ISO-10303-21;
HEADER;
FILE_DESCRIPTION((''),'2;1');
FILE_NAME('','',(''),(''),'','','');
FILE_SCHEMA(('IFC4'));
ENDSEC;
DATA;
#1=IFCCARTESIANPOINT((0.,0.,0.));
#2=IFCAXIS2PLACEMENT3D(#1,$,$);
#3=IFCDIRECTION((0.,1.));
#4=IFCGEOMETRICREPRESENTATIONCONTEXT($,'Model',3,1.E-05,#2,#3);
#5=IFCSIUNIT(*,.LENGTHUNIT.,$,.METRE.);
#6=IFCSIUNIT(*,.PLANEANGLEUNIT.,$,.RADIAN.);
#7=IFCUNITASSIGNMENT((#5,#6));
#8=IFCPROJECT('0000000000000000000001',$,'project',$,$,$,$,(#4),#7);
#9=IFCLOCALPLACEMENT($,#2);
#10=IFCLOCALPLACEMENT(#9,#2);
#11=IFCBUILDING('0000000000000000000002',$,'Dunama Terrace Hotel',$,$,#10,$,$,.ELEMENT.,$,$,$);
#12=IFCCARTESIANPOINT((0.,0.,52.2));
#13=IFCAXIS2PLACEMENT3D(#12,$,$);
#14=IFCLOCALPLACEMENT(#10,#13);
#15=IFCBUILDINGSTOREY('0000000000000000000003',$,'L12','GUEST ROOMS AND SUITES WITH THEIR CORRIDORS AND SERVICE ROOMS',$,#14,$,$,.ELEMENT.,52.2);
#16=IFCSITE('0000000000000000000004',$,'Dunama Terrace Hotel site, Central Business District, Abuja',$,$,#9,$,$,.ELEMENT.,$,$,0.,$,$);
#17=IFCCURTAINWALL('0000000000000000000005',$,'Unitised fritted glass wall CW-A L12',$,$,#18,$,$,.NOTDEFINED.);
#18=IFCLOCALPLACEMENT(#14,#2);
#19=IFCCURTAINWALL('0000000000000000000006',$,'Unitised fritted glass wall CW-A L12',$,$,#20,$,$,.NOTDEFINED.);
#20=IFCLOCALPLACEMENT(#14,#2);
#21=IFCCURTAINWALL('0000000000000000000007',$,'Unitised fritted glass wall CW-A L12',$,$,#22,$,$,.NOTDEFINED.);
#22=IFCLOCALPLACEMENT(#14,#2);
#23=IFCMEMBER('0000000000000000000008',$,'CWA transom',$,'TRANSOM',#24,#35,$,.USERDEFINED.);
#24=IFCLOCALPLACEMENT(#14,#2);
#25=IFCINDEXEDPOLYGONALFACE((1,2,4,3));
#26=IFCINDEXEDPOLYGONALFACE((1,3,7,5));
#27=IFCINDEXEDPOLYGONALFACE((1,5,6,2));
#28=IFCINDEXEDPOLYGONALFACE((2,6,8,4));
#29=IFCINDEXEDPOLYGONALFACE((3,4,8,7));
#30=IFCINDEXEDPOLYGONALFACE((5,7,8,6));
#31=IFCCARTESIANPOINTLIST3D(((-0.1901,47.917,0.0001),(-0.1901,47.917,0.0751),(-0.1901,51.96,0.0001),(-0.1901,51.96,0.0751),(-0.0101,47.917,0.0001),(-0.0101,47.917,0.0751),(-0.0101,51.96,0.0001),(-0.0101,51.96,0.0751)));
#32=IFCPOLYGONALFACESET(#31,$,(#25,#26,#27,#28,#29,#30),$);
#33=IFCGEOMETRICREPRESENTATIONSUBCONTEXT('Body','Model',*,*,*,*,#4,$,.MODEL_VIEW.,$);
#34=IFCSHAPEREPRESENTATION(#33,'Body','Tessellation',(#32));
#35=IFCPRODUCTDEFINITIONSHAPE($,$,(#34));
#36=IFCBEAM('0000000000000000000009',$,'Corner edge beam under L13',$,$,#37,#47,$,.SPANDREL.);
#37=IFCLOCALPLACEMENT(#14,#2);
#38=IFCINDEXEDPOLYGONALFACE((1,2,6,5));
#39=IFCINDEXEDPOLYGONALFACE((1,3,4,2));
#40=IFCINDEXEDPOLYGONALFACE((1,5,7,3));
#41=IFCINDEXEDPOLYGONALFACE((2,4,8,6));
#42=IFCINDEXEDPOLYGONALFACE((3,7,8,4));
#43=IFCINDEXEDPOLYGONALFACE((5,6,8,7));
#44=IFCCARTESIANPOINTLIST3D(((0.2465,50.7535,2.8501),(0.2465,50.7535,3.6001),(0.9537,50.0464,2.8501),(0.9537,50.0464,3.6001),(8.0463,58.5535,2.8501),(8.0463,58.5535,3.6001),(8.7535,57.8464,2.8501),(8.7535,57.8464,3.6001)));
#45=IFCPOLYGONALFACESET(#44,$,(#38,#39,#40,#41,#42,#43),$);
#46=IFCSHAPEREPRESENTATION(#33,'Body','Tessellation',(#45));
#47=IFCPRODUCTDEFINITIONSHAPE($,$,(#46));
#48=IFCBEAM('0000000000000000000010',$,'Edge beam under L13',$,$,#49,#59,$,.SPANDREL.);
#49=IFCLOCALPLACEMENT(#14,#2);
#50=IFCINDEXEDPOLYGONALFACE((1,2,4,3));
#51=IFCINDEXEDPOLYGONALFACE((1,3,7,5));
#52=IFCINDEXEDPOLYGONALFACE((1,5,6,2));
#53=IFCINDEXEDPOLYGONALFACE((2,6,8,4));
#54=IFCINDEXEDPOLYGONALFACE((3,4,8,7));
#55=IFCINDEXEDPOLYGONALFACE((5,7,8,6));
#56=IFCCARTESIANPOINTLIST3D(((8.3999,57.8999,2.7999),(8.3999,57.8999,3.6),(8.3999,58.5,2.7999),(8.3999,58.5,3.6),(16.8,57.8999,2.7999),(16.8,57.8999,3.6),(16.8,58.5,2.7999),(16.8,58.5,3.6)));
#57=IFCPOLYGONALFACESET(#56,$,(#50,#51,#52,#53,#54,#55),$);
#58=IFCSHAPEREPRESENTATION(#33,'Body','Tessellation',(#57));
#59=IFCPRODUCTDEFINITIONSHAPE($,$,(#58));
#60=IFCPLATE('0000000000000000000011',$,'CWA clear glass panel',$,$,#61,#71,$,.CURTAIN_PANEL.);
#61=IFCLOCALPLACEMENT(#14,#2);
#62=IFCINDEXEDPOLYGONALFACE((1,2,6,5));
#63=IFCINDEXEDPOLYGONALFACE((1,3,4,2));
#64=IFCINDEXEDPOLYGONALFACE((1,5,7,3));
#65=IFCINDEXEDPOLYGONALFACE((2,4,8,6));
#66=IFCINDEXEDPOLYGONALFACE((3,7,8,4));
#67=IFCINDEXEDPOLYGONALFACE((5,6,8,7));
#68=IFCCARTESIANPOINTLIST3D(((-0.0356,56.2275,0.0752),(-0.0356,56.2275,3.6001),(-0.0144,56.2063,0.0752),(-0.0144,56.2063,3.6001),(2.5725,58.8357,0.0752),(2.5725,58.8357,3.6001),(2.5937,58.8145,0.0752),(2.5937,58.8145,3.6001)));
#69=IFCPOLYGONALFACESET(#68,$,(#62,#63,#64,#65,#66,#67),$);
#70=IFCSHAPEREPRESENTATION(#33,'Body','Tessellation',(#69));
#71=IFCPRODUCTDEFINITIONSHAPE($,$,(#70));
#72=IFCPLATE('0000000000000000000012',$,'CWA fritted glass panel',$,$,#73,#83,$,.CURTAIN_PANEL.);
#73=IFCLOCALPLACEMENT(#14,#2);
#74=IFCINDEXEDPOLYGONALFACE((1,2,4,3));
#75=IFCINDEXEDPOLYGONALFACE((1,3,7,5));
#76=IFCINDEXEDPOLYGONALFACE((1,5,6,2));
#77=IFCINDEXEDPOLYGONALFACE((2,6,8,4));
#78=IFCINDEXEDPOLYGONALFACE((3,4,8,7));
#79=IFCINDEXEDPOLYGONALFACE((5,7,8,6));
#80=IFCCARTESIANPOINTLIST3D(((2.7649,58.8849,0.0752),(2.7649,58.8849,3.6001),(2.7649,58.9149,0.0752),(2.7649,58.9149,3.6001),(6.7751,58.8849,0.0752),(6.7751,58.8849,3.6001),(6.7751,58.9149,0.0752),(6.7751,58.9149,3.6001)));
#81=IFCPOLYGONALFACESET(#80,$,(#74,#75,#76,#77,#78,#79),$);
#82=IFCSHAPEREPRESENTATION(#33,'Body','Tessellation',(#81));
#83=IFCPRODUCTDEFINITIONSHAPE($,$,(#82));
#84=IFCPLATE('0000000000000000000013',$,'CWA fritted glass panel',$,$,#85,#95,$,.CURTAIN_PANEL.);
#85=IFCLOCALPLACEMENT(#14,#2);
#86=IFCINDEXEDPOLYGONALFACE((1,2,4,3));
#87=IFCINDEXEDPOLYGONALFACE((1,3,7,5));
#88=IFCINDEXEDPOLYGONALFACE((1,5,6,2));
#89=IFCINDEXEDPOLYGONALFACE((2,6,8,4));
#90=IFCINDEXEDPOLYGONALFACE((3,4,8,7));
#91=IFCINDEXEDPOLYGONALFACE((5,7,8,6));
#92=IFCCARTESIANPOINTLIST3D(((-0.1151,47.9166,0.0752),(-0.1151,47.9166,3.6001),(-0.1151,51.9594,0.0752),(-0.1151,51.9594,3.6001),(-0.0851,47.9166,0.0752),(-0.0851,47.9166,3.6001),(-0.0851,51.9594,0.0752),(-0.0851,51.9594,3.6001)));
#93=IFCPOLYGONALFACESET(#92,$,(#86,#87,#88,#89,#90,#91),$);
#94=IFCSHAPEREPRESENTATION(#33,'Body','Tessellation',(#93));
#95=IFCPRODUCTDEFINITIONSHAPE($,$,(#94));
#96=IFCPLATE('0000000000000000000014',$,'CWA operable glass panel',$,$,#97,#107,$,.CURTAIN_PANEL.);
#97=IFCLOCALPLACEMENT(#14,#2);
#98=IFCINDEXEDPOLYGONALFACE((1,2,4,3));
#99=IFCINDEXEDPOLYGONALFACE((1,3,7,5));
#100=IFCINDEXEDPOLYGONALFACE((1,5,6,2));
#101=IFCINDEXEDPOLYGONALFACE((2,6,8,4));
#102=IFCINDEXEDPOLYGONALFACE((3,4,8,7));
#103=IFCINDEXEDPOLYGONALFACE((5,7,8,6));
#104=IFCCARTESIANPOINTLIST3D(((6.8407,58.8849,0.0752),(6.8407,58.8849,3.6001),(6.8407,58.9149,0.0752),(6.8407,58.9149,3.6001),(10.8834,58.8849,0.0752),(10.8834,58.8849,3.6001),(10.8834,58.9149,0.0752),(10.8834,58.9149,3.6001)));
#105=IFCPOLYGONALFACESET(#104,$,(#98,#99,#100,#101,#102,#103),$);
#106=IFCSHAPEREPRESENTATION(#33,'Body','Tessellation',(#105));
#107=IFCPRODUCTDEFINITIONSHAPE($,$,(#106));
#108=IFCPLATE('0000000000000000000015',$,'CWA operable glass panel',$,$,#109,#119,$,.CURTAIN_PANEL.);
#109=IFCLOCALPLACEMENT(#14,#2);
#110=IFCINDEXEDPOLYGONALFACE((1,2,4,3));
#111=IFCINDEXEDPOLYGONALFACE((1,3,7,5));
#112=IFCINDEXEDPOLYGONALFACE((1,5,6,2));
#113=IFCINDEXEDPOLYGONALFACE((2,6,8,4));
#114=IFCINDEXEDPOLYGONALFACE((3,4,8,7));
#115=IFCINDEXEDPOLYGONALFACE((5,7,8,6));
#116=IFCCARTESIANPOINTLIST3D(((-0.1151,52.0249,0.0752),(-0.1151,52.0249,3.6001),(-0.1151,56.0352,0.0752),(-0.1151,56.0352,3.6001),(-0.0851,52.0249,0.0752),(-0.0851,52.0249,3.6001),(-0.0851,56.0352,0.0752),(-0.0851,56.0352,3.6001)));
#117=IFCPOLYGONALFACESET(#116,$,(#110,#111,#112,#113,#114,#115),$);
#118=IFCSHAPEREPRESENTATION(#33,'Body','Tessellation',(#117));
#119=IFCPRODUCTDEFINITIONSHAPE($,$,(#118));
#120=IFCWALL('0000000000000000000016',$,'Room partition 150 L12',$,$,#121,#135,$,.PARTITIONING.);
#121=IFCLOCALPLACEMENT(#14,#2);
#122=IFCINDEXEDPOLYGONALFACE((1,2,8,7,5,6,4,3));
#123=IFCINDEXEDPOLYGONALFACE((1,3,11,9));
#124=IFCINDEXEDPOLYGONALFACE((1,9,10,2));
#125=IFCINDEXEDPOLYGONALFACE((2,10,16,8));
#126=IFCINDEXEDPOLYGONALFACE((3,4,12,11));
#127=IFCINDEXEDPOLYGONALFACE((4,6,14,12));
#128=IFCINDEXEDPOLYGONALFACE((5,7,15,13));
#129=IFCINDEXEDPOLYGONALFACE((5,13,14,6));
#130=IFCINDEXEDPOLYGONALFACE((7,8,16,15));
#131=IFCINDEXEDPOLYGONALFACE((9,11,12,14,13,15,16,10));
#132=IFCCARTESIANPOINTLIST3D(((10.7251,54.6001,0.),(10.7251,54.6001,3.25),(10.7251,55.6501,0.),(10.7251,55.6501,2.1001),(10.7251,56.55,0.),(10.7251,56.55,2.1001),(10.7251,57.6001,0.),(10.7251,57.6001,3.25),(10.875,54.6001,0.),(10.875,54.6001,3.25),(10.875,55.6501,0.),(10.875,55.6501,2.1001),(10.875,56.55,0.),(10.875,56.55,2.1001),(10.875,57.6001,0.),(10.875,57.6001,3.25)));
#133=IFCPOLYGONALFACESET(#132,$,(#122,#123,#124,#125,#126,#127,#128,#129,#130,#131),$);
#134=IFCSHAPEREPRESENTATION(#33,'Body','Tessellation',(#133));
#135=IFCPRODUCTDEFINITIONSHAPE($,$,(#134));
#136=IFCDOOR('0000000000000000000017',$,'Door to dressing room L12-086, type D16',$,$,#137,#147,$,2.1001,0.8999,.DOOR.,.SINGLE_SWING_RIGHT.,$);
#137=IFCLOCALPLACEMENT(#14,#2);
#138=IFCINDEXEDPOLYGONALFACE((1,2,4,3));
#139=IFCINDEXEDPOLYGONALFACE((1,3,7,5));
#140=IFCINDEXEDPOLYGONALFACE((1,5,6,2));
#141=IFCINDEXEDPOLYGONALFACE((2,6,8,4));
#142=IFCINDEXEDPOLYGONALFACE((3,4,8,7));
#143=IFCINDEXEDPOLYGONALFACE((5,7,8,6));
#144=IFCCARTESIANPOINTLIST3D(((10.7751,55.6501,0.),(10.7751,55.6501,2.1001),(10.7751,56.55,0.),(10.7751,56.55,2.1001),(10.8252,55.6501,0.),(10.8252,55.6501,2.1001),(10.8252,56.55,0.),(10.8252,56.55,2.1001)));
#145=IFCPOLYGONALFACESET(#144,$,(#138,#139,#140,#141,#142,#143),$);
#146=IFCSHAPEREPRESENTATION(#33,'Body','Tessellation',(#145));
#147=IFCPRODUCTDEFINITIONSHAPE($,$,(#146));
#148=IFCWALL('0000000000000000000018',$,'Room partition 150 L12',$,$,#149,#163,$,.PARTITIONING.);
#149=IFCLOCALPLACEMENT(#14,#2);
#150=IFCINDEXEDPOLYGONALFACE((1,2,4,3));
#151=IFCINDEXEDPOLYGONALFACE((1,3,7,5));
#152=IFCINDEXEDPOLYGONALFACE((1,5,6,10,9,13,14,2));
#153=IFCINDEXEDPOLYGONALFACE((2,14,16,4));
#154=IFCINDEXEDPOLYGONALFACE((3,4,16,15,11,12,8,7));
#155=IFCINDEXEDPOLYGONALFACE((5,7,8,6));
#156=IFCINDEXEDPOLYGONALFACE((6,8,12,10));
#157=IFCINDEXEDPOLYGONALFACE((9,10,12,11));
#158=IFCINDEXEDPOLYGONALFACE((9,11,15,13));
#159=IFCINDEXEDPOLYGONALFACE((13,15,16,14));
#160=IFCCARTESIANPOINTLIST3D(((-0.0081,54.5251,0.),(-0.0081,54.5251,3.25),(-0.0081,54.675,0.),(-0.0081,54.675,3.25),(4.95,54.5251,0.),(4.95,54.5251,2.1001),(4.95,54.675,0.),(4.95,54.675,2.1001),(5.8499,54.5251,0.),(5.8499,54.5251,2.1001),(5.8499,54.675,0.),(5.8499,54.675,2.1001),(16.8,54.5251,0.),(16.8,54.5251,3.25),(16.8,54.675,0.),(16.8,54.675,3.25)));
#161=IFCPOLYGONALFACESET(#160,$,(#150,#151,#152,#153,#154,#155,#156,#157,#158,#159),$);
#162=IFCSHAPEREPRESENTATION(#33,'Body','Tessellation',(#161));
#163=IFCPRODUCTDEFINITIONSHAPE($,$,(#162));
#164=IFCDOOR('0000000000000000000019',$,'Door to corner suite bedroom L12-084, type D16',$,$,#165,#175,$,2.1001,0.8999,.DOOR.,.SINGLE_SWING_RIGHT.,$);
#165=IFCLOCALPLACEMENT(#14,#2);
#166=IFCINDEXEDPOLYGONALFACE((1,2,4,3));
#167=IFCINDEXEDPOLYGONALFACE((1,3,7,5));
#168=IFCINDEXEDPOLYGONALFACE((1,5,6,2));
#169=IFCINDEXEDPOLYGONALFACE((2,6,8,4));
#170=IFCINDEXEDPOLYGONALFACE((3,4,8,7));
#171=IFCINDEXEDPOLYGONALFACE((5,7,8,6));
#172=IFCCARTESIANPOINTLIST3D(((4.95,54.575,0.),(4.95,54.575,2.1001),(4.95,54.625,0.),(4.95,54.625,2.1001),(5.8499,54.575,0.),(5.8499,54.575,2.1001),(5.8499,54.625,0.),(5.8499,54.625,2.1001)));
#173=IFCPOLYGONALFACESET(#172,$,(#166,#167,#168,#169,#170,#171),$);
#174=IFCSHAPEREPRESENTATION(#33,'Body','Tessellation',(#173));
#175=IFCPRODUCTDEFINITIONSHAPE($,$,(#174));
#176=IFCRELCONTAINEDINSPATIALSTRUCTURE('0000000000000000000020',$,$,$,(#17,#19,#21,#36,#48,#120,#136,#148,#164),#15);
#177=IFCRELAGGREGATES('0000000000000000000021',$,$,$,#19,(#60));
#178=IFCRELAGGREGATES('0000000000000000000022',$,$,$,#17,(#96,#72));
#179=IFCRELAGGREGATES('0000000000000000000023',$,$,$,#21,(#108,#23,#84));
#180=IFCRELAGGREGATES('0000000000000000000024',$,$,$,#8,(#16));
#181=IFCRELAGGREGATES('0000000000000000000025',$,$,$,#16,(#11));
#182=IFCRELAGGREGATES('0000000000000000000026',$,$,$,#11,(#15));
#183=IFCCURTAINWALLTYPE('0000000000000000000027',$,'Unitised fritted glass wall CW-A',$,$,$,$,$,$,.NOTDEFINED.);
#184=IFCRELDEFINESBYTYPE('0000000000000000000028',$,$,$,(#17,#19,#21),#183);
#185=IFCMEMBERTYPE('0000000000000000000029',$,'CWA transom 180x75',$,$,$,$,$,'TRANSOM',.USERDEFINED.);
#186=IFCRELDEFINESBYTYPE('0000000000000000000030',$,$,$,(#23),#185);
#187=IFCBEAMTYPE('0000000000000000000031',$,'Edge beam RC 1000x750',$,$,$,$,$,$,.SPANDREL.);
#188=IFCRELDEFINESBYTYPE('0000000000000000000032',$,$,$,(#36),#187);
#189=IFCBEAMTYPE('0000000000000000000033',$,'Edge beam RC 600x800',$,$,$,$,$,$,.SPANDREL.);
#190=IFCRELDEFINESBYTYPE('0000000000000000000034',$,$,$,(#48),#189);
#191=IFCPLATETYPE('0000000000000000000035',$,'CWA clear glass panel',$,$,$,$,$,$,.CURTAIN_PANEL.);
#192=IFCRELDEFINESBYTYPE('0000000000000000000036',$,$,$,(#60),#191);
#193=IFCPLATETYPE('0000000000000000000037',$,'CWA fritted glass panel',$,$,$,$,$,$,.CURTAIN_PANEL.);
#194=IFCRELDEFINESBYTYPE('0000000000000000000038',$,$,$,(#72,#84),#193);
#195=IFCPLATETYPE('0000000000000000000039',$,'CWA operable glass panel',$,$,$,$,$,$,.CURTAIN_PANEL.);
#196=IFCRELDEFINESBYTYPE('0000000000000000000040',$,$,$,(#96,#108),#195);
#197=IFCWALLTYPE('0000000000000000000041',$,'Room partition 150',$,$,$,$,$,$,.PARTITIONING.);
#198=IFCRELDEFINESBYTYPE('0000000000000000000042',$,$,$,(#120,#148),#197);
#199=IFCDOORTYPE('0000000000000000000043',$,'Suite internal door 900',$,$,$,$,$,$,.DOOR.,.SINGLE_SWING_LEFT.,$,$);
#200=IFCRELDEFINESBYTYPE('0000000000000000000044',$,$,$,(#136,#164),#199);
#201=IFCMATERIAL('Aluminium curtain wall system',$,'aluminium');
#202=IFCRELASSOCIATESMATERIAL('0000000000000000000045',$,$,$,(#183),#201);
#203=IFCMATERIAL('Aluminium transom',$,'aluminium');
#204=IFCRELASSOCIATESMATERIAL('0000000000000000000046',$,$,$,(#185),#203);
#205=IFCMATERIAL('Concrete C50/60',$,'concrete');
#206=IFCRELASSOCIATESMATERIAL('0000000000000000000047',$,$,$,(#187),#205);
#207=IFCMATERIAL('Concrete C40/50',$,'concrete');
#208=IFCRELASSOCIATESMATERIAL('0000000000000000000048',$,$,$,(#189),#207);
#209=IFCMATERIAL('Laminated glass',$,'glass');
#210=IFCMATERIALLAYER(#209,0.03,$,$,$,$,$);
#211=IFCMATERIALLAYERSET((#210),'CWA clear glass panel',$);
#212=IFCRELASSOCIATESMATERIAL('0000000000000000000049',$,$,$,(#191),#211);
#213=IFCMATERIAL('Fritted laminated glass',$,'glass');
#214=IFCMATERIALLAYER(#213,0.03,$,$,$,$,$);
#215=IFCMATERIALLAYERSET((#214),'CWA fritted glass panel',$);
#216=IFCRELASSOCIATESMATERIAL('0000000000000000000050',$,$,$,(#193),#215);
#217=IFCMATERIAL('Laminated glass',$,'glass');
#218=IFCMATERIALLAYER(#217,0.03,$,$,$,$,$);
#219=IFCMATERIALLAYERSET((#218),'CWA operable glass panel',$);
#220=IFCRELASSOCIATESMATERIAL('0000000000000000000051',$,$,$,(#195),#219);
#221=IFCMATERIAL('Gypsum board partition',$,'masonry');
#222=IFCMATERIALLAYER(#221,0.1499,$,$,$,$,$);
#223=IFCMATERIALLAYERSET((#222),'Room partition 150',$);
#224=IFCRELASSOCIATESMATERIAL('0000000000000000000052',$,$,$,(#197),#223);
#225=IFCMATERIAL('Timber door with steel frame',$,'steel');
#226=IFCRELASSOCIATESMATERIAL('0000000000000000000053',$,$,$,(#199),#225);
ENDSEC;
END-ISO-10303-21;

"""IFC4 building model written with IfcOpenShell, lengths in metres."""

from ifc_helpers import new_model, si_unit, direction, frame, frame_2d, origin, origin_2d, place, context, subcontext, project, spatial, rectangle, extrude, material, layer, layer_set, material_profile, profile_set, type_object, element, fill, aggregate, save


model = new_model("IFC4")

# Units and contexts
model_context = context("Model", 3, precision=1e-05, world=origin(), true_north=direction((0.0, 1.0)))
body_context = subcontext(model_context, "Body", "Model", "MODEL_VIEW")
ifc_project = project(units=[si_unit("LENGTHUNIT", "METRE"), si_unit("PLANEANGLEUNIT", "RADIAN")], contexts=[model_context])

# Site, building, storey
site_placement = place(None, origin())
site = spatial("IfcSite", under=ifc_project, at=site_placement, Name="Dunama Terrace Hotel site, Central Business District, Abuja", CompositionType="ELEMENT", RefElevation=0.0)
building_placement = place(site_placement, origin())
building = spatial("IfcBuilding", under=site, at=building_placement, Name="Dunama Terrace Hotel", CompositionType="ELEMENT")
storey_placement = place(building_placement, frame((0.0, 0.0, 52.2)))
storey = spatial("IfcBuildingStorey", under=building, at=storey_placement, Name="L12", Description="GUEST ROOMS AND SUITES WITH THEIR CORRIDORS AND SERVICE ROOMS", CompositionType="ELEMENT", Elevation=52.2)

# Curtain walls
ifc_material_1 = material(Name="Aluminium curtain wall system", Category="aluminium")
curtain_wall_type = type_object("IfcCurtainWallType", Name="Unitised fritted glass wall CW-A", PredefinedType="NOTDEFINED", material=ifc_material_1)
curtain_wall_1_placement = place(storey_placement, origin())
curtain_wall_1 = element("IfcCurtainWall", 1, at=curtain_wall_1_placement, inside=storey, type_object=curtain_wall_type, Name="Unitised fritted glass wall CW-A L12", PredefinedType="NOTDEFINED")
curtain_wall_2_placement = place(storey_placement, origin())
curtain_wall_2 = element("IfcCurtainWall", 2, at=curtain_wall_2_placement, inside=storey, type_object=curtain_wall_type, Name="Unitised fritted glass wall CW-A L12", PredefinedType="NOTDEFINED")
curtain_wall_3_placement = place(storey_placement, origin())
curtain_wall_3 = element("IfcCurtainWall", 3, at=curtain_wall_3_placement, inside=storey, type_object=curtain_wall_type, Name="Unitised fritted glass wall CW-A L12", PredefinedType="NOTDEFINED")

# Member
ifc_material_2 = material(Name="Aluminium transom", Category="aluminium")
ifc_material_profile_1 = material_profile(ifc_material_2, rectangle(XDim=0.1799, YDim=0.075, at=origin_2d()), Name="CWA TRANSOM 180X75")
ifc_profile_set_1 = profile_set([ifc_material_profile_1], Name="Aluminium transom")
member_type_1 = type_object("IfcMemberType", Name="CWA transom 180x75", ElementType="TRANSOM", PredefinedType="USERDEFINED", material=ifc_profile_set_1)
member_1_placement = place(storey_placement, frame((-0.1001, 51.96, 0.0376), z_axis=(0.0, -1.0, 0.0), x_axis=(1.0, 0.0, 0.0)))
member_1 = element("IfcMember", 4, at=member_1_placement, type_object=member_type_1, Name="CWA transom", ObjectType="TRANSOM", PredefinedType="USERDEFINED", context=body_context, shape_type="SweptSolid", body=[
    extrude(rectangle(XDim=0.1799, YDim=0.075, at=origin_2d()), origin(), (0.0, 0.0, 1.0), 4.043),
])

# Beams
ifc_material_3 = material(Name="Concrete C50/60", Category="concrete")
ifc_material_profile_2 = material_profile(ifc_material_3, rectangle(XDim=1.0, YDim=0.75, at=origin_2d()), Name="RC 1000x750")
ifc_profile_set_2 = profile_set([ifc_material_profile_2], Name="Concrete C50/60")
beam_type_1 = type_object("IfcBeamType", Name="Edge beam RC 1000x750", PredefinedType="SPANDREL", material=ifc_profile_set_2)
beam_1_placement = place(storey_placement, frame((8.3999, 58.2, 3.2251), z_axis=(-0.707096, -0.707118, 0.0), x_axis=(0.707118, -0.707096, 0.0)))
element("IfcBeam", 5, at=beam_1_placement, inside=storey, type_object=beam_type_1, Name="Corner edge beam under L13", PredefinedType="SPANDREL", context=body_context, shape_type="SweptSolid", body=[
    extrude(rectangle(XDim=1.0, YDim=0.75, at=origin_2d()), origin(), (0.0, 0.0, 1.0), 11.0308),
])
ifc_material_4 = material(Name="Concrete C40/50", Category="concrete")
ifc_material_profile_3 = material_profile(ifc_material_4, rectangle(XDim=0.6001, YDim=0.8, at=origin_2d()), Name="RC 600x800")
ifc_profile_set_3 = profile_set([ifc_material_profile_3], Name="Concrete C40/50")
beam_type_2 = type_object("IfcBeamType", Name="Edge beam RC 600x800", PredefinedType="SPANDREL", material=ifc_profile_set_3)
beam_2_placement = place(storey_placement, frame((8.3999, 58.2, 3.2), z_axis=(1.0, 0.0, 0.0), x_axis=(0.0, 1.0, 0.0)))
element("IfcBeam", 6, at=beam_2_placement, inside=storey, type_object=beam_type_2, Name="Edge beam under L13", PredefinedType="SPANDREL", context=body_context, shape_type="SweptSolid", body=[
    extrude(rectangle(XDim=0.6001, YDim=0.8, at=origin_2d()), origin(), (0.0, 0.0, 1.0), 8.4001),
])

# Plates
ifc_material_5 = material(Name="Laminated glass", Category="glass")
ifc_layer_1 = layer(ifc_material_5, 0.03)
ifc_layer_set_1 = layer_set([ifc_layer_1], Name="CWA clear glass panel")
plate_type_1 = type_object("IfcPlateType", Name="CWA clear glass panel", PredefinedType="CURTAIN_PANEL", material=ifc_layer_set_1)
plate_1_placement = place(storey_placement, frame((1.2791, 57.521, 0.0752), z_axis=(0.0, 0.0, 1.0), x_axis=(-0.707107, -0.707107, 0.0)))
plate_1 = element("IfcPlate", 7, at=plate_1_placement, type_object=plate_type_1, Name="CWA clear glass panel", PredefinedType="CURTAIN_PANEL", context=body_context, shape_type="SweptSolid", body=[
    extrude(rectangle(XDim=3.6885, YDim=0.03, at=origin_2d()), origin(), (0.0, 0.0, 1.0), 3.5249),
])
aggregate(curtain_wall_2, [plate_1])
ifc_material_6 = material(Name="Fritted laminated glass", Category="glass")
ifc_layer_2 = layer(ifc_material_6, 0.03)
ifc_layer_set_2 = layer_set([ifc_layer_2], Name="CWA fritted glass panel")
plate_type_2 = type_object("IfcPlateType", Name="CWA fritted glass panel", PredefinedType="CURTAIN_PANEL", material=ifc_layer_set_2)
plate_2_placement = place(storey_placement, frame((4.77, 58.8999, 0.0752), z_axis=(0.0, 0.0, 1.0), x_axis=(-1.0, 0.0, 0.0)))
plate_2 = element("IfcPlate", 8, at=plate_2_placement, type_object=plate_type_2, Name="CWA fritted glass panel", PredefinedType="CURTAIN_PANEL", context=body_context, shape_type="SweptSolid", body=[
    extrude(rectangle(XDim=4.0103, YDim=0.03, at=origin_2d()), origin(), (0.0, 0.0, 1.0), 3.5249),
])
plate_3_placement = place(storey_placement, frame((-0.1001, 49.938, 0.0752), z_axis=(0.0, 0.0, 1.0), x_axis=(0.0, -1.0, 0.0)))
plate_3 = element("IfcPlate", 9, at=plate_3_placement, type_object=plate_type_2, Name="CWA fritted glass panel", PredefinedType="CURTAIN_PANEL", context=body_context, shape_type="SweptSolid", body=[
    extrude(rectangle(XDim=4.0427, YDim=0.03, at=origin_2d()), origin(), (0.0, 0.0, 1.0), 3.5249),
])
ifc_material_7 = material(Name="Laminated glass", Category="glass")
ifc_layer_3 = layer(ifc_material_7, 0.03)
ifc_layer_set_3 = layer_set([ifc_layer_3], Name="CWA operable glass panel")
plate_type_3 = type_object("IfcPlateType", Name="CWA operable glass panel", PredefinedType="CURTAIN_PANEL", material=ifc_layer_set_3)
plate_4_placement = place(storey_placement, frame((8.8621, 58.8999, 0.0752), z_axis=(0.0, 0.0, 1.0), x_axis=(-1.0, 0.0, 0.0)))
plate_4 = element("IfcPlate", 10, at=plate_4_placement, type_object=plate_type_3, Name="CWA operable glass panel", PredefinedType="CURTAIN_PANEL", context=body_context, shape_type="SweptSolid", body=[
    extrude(rectangle(XDim=4.0427, YDim=0.03, at=origin_2d()), origin(), (0.0, 0.0, 1.0), 3.5249),
])
aggregate(curtain_wall_1, [plate_4, plate_2])
plate_5_placement = place(storey_placement, frame((-0.1001, 54.03, 0.0752), z_axis=(0.0, 0.0, 1.0), x_axis=(0.0, -1.0, 0.0)))
plate_5 = element("IfcPlate", 11, at=plate_5_placement, type_object=plate_type_3, Name="CWA operable glass panel", PredefinedType="CURTAIN_PANEL", context=body_context, shape_type="SweptSolid", body=[
    extrude(rectangle(XDim=4.0103, YDim=0.03, at=origin_2d()), origin(), (0.0, 0.0, 1.0), 3.5249),
])
aggregate(curtain_wall_3, [plate_5, member_1, plate_3])

# Walls, openings, doors
ifc_material_8 = material(Name="Gypsum board partition", Category="masonry")
ifc_layer_4 = layer(ifc_material_8, 0.1499)
ifc_layer_set_4 = layer_set([ifc_layer_4], Name="Room partition 150")
wall_type = type_object("IfcWallType", Name="Room partition 150", PredefinedType="PARTITIONING", material=ifc_layer_set_4)
wall_1_placement = place(storey_placement, frame((10.8, 54.6001, 0.0), z_axis=(0.0, 0.0, 1.0), x_axis=(0.0, 1.0, 0.0)))
wall_1 = element("IfcWall", 12, at=wall_1_placement, inside=storey, type_object=wall_type, Name="Room partition 150 L12", PredefinedType="PARTITIONING", context=body_context, shape_type="SweptSolid", body=[
    extrude(rectangle(XDim=3.0, YDim=0.1499, at=frame_2d((1.5, 0.0))), origin(), (0.0, 0.0, 1.0), 3.25),
])
opening_1_placement = place(wall_1_placement, frame((1.05, 0.0, 0.0)))
opening_1 = element("IfcOpeningElement", 13, at=opening_1_placement, cuts=wall_1, PredefinedType="OPENING", context=body_context, shape_type="SweptSolid", body=[
    extrude(rectangle(XDim=0.8999, YDim=2.1001, at=frame_2d((0.45, 1.05))), frame((0.0, 0.085, 0.0), z_axis=(0.0, -1.0, 0.0), x_axis=(1.0, 0.0, 0.0)), (0.0, 0.0, 1.0), 0.1699),
])
ifc_material_9 = material(Name="Timber door with steel frame", Category="steel")
door_type = type_object("IfcDoorType", Name="Suite internal door 900", OperationType="SINGLE_SWING_LEFT", PredefinedType="DOOR", material=ifc_material_9)
door_1_placement = place(opening_1_placement, frame((0.8999, 0.0, 0.0), z_axis=(0.0, 0.0, 1.0), x_axis=(-1.0, 0.0, 0.0)))
door_1 = element("IfcDoor", 14, at=door_1_placement, inside=storey, type_object=door_type, Name="Door to dressing room L12-086, type D16", OperationType="SINGLE_SWING_RIGHT", OverallHeight=2.1001, OverallWidth=0.8999, PredefinedType="DOOR", context=body_context, shape_type="SweptSolid", body=[
    extrude(rectangle(XDim=0.8999, YDim=2.1001, at=frame_2d((0.45, 1.05))), frame((0.0, 0.0251, 0.0), z_axis=(0.0, -1.0, 0.0), x_axis=(1.0, 0.0, 0.0)), (0.0, 0.0, 1.0), 0.05),
])
fill(opening_1, door_1)
wall_2_placement = place(storey_placement, frame((-0.0081, 54.6001, 0.0), z_axis=(0.0, 0.0, 1.0), x_axis=(1.0, 0.0, 0.0)))
wall_2 = element("IfcWall", 15, at=wall_2_placement, inside=storey, type_object=wall_type, Name="Room partition 150 L12", PredefinedType="PARTITIONING", context=body_context, shape_type="SweptSolid", body=[
    extrude(rectangle(XDim=16.8081, YDim=0.1499, at=frame_2d((8.4041, 0.0))), origin(), (0.0, 0.0, 1.0), 3.25),
])
opening_2_placement = place(wall_2_placement, frame((4.958, 0.0, 0.0)))
opening_2 = element("IfcOpeningElement", 16, at=opening_2_placement, cuts=wall_2, PredefinedType="OPENING", context=body_context, shape_type="SweptSolid", body=[
    extrude(rectangle(XDim=0.8999, YDim=2.1001, at=frame_2d((0.45, 1.05))), frame((0.0, 0.085, 0.0), z_axis=(0.0, -1.0, 0.0), x_axis=(1.0, 0.0, 0.0)), (0.0, 0.0, 1.0), 0.1699),
])
door_2_placement = place(opening_2_placement, origin())
door_2 = element("IfcDoor", 17, at=door_2_placement, inside=storey, type_object=door_type, Name="Door to corner suite bedroom L12-084, type D16", OperationType="SINGLE_SWING_RIGHT", OverallHeight=2.1001, OverallWidth=0.8999, PredefinedType="DOOR", context=body_context, shape_type="SweptSolid", body=[
    extrude(rectangle(XDim=0.8999, YDim=2.1001, at=frame_2d((0.45, 1.05))), frame((0.0, 0.0249, 0.0), z_axis=(0.0, -1.0, 0.0), x_axis=(1.0, 0.0, 0.0)), (0.0, 0.0, 1.0), 0.05),
])
fill(opening_2, door_2)

save(model, "model.ifc")
